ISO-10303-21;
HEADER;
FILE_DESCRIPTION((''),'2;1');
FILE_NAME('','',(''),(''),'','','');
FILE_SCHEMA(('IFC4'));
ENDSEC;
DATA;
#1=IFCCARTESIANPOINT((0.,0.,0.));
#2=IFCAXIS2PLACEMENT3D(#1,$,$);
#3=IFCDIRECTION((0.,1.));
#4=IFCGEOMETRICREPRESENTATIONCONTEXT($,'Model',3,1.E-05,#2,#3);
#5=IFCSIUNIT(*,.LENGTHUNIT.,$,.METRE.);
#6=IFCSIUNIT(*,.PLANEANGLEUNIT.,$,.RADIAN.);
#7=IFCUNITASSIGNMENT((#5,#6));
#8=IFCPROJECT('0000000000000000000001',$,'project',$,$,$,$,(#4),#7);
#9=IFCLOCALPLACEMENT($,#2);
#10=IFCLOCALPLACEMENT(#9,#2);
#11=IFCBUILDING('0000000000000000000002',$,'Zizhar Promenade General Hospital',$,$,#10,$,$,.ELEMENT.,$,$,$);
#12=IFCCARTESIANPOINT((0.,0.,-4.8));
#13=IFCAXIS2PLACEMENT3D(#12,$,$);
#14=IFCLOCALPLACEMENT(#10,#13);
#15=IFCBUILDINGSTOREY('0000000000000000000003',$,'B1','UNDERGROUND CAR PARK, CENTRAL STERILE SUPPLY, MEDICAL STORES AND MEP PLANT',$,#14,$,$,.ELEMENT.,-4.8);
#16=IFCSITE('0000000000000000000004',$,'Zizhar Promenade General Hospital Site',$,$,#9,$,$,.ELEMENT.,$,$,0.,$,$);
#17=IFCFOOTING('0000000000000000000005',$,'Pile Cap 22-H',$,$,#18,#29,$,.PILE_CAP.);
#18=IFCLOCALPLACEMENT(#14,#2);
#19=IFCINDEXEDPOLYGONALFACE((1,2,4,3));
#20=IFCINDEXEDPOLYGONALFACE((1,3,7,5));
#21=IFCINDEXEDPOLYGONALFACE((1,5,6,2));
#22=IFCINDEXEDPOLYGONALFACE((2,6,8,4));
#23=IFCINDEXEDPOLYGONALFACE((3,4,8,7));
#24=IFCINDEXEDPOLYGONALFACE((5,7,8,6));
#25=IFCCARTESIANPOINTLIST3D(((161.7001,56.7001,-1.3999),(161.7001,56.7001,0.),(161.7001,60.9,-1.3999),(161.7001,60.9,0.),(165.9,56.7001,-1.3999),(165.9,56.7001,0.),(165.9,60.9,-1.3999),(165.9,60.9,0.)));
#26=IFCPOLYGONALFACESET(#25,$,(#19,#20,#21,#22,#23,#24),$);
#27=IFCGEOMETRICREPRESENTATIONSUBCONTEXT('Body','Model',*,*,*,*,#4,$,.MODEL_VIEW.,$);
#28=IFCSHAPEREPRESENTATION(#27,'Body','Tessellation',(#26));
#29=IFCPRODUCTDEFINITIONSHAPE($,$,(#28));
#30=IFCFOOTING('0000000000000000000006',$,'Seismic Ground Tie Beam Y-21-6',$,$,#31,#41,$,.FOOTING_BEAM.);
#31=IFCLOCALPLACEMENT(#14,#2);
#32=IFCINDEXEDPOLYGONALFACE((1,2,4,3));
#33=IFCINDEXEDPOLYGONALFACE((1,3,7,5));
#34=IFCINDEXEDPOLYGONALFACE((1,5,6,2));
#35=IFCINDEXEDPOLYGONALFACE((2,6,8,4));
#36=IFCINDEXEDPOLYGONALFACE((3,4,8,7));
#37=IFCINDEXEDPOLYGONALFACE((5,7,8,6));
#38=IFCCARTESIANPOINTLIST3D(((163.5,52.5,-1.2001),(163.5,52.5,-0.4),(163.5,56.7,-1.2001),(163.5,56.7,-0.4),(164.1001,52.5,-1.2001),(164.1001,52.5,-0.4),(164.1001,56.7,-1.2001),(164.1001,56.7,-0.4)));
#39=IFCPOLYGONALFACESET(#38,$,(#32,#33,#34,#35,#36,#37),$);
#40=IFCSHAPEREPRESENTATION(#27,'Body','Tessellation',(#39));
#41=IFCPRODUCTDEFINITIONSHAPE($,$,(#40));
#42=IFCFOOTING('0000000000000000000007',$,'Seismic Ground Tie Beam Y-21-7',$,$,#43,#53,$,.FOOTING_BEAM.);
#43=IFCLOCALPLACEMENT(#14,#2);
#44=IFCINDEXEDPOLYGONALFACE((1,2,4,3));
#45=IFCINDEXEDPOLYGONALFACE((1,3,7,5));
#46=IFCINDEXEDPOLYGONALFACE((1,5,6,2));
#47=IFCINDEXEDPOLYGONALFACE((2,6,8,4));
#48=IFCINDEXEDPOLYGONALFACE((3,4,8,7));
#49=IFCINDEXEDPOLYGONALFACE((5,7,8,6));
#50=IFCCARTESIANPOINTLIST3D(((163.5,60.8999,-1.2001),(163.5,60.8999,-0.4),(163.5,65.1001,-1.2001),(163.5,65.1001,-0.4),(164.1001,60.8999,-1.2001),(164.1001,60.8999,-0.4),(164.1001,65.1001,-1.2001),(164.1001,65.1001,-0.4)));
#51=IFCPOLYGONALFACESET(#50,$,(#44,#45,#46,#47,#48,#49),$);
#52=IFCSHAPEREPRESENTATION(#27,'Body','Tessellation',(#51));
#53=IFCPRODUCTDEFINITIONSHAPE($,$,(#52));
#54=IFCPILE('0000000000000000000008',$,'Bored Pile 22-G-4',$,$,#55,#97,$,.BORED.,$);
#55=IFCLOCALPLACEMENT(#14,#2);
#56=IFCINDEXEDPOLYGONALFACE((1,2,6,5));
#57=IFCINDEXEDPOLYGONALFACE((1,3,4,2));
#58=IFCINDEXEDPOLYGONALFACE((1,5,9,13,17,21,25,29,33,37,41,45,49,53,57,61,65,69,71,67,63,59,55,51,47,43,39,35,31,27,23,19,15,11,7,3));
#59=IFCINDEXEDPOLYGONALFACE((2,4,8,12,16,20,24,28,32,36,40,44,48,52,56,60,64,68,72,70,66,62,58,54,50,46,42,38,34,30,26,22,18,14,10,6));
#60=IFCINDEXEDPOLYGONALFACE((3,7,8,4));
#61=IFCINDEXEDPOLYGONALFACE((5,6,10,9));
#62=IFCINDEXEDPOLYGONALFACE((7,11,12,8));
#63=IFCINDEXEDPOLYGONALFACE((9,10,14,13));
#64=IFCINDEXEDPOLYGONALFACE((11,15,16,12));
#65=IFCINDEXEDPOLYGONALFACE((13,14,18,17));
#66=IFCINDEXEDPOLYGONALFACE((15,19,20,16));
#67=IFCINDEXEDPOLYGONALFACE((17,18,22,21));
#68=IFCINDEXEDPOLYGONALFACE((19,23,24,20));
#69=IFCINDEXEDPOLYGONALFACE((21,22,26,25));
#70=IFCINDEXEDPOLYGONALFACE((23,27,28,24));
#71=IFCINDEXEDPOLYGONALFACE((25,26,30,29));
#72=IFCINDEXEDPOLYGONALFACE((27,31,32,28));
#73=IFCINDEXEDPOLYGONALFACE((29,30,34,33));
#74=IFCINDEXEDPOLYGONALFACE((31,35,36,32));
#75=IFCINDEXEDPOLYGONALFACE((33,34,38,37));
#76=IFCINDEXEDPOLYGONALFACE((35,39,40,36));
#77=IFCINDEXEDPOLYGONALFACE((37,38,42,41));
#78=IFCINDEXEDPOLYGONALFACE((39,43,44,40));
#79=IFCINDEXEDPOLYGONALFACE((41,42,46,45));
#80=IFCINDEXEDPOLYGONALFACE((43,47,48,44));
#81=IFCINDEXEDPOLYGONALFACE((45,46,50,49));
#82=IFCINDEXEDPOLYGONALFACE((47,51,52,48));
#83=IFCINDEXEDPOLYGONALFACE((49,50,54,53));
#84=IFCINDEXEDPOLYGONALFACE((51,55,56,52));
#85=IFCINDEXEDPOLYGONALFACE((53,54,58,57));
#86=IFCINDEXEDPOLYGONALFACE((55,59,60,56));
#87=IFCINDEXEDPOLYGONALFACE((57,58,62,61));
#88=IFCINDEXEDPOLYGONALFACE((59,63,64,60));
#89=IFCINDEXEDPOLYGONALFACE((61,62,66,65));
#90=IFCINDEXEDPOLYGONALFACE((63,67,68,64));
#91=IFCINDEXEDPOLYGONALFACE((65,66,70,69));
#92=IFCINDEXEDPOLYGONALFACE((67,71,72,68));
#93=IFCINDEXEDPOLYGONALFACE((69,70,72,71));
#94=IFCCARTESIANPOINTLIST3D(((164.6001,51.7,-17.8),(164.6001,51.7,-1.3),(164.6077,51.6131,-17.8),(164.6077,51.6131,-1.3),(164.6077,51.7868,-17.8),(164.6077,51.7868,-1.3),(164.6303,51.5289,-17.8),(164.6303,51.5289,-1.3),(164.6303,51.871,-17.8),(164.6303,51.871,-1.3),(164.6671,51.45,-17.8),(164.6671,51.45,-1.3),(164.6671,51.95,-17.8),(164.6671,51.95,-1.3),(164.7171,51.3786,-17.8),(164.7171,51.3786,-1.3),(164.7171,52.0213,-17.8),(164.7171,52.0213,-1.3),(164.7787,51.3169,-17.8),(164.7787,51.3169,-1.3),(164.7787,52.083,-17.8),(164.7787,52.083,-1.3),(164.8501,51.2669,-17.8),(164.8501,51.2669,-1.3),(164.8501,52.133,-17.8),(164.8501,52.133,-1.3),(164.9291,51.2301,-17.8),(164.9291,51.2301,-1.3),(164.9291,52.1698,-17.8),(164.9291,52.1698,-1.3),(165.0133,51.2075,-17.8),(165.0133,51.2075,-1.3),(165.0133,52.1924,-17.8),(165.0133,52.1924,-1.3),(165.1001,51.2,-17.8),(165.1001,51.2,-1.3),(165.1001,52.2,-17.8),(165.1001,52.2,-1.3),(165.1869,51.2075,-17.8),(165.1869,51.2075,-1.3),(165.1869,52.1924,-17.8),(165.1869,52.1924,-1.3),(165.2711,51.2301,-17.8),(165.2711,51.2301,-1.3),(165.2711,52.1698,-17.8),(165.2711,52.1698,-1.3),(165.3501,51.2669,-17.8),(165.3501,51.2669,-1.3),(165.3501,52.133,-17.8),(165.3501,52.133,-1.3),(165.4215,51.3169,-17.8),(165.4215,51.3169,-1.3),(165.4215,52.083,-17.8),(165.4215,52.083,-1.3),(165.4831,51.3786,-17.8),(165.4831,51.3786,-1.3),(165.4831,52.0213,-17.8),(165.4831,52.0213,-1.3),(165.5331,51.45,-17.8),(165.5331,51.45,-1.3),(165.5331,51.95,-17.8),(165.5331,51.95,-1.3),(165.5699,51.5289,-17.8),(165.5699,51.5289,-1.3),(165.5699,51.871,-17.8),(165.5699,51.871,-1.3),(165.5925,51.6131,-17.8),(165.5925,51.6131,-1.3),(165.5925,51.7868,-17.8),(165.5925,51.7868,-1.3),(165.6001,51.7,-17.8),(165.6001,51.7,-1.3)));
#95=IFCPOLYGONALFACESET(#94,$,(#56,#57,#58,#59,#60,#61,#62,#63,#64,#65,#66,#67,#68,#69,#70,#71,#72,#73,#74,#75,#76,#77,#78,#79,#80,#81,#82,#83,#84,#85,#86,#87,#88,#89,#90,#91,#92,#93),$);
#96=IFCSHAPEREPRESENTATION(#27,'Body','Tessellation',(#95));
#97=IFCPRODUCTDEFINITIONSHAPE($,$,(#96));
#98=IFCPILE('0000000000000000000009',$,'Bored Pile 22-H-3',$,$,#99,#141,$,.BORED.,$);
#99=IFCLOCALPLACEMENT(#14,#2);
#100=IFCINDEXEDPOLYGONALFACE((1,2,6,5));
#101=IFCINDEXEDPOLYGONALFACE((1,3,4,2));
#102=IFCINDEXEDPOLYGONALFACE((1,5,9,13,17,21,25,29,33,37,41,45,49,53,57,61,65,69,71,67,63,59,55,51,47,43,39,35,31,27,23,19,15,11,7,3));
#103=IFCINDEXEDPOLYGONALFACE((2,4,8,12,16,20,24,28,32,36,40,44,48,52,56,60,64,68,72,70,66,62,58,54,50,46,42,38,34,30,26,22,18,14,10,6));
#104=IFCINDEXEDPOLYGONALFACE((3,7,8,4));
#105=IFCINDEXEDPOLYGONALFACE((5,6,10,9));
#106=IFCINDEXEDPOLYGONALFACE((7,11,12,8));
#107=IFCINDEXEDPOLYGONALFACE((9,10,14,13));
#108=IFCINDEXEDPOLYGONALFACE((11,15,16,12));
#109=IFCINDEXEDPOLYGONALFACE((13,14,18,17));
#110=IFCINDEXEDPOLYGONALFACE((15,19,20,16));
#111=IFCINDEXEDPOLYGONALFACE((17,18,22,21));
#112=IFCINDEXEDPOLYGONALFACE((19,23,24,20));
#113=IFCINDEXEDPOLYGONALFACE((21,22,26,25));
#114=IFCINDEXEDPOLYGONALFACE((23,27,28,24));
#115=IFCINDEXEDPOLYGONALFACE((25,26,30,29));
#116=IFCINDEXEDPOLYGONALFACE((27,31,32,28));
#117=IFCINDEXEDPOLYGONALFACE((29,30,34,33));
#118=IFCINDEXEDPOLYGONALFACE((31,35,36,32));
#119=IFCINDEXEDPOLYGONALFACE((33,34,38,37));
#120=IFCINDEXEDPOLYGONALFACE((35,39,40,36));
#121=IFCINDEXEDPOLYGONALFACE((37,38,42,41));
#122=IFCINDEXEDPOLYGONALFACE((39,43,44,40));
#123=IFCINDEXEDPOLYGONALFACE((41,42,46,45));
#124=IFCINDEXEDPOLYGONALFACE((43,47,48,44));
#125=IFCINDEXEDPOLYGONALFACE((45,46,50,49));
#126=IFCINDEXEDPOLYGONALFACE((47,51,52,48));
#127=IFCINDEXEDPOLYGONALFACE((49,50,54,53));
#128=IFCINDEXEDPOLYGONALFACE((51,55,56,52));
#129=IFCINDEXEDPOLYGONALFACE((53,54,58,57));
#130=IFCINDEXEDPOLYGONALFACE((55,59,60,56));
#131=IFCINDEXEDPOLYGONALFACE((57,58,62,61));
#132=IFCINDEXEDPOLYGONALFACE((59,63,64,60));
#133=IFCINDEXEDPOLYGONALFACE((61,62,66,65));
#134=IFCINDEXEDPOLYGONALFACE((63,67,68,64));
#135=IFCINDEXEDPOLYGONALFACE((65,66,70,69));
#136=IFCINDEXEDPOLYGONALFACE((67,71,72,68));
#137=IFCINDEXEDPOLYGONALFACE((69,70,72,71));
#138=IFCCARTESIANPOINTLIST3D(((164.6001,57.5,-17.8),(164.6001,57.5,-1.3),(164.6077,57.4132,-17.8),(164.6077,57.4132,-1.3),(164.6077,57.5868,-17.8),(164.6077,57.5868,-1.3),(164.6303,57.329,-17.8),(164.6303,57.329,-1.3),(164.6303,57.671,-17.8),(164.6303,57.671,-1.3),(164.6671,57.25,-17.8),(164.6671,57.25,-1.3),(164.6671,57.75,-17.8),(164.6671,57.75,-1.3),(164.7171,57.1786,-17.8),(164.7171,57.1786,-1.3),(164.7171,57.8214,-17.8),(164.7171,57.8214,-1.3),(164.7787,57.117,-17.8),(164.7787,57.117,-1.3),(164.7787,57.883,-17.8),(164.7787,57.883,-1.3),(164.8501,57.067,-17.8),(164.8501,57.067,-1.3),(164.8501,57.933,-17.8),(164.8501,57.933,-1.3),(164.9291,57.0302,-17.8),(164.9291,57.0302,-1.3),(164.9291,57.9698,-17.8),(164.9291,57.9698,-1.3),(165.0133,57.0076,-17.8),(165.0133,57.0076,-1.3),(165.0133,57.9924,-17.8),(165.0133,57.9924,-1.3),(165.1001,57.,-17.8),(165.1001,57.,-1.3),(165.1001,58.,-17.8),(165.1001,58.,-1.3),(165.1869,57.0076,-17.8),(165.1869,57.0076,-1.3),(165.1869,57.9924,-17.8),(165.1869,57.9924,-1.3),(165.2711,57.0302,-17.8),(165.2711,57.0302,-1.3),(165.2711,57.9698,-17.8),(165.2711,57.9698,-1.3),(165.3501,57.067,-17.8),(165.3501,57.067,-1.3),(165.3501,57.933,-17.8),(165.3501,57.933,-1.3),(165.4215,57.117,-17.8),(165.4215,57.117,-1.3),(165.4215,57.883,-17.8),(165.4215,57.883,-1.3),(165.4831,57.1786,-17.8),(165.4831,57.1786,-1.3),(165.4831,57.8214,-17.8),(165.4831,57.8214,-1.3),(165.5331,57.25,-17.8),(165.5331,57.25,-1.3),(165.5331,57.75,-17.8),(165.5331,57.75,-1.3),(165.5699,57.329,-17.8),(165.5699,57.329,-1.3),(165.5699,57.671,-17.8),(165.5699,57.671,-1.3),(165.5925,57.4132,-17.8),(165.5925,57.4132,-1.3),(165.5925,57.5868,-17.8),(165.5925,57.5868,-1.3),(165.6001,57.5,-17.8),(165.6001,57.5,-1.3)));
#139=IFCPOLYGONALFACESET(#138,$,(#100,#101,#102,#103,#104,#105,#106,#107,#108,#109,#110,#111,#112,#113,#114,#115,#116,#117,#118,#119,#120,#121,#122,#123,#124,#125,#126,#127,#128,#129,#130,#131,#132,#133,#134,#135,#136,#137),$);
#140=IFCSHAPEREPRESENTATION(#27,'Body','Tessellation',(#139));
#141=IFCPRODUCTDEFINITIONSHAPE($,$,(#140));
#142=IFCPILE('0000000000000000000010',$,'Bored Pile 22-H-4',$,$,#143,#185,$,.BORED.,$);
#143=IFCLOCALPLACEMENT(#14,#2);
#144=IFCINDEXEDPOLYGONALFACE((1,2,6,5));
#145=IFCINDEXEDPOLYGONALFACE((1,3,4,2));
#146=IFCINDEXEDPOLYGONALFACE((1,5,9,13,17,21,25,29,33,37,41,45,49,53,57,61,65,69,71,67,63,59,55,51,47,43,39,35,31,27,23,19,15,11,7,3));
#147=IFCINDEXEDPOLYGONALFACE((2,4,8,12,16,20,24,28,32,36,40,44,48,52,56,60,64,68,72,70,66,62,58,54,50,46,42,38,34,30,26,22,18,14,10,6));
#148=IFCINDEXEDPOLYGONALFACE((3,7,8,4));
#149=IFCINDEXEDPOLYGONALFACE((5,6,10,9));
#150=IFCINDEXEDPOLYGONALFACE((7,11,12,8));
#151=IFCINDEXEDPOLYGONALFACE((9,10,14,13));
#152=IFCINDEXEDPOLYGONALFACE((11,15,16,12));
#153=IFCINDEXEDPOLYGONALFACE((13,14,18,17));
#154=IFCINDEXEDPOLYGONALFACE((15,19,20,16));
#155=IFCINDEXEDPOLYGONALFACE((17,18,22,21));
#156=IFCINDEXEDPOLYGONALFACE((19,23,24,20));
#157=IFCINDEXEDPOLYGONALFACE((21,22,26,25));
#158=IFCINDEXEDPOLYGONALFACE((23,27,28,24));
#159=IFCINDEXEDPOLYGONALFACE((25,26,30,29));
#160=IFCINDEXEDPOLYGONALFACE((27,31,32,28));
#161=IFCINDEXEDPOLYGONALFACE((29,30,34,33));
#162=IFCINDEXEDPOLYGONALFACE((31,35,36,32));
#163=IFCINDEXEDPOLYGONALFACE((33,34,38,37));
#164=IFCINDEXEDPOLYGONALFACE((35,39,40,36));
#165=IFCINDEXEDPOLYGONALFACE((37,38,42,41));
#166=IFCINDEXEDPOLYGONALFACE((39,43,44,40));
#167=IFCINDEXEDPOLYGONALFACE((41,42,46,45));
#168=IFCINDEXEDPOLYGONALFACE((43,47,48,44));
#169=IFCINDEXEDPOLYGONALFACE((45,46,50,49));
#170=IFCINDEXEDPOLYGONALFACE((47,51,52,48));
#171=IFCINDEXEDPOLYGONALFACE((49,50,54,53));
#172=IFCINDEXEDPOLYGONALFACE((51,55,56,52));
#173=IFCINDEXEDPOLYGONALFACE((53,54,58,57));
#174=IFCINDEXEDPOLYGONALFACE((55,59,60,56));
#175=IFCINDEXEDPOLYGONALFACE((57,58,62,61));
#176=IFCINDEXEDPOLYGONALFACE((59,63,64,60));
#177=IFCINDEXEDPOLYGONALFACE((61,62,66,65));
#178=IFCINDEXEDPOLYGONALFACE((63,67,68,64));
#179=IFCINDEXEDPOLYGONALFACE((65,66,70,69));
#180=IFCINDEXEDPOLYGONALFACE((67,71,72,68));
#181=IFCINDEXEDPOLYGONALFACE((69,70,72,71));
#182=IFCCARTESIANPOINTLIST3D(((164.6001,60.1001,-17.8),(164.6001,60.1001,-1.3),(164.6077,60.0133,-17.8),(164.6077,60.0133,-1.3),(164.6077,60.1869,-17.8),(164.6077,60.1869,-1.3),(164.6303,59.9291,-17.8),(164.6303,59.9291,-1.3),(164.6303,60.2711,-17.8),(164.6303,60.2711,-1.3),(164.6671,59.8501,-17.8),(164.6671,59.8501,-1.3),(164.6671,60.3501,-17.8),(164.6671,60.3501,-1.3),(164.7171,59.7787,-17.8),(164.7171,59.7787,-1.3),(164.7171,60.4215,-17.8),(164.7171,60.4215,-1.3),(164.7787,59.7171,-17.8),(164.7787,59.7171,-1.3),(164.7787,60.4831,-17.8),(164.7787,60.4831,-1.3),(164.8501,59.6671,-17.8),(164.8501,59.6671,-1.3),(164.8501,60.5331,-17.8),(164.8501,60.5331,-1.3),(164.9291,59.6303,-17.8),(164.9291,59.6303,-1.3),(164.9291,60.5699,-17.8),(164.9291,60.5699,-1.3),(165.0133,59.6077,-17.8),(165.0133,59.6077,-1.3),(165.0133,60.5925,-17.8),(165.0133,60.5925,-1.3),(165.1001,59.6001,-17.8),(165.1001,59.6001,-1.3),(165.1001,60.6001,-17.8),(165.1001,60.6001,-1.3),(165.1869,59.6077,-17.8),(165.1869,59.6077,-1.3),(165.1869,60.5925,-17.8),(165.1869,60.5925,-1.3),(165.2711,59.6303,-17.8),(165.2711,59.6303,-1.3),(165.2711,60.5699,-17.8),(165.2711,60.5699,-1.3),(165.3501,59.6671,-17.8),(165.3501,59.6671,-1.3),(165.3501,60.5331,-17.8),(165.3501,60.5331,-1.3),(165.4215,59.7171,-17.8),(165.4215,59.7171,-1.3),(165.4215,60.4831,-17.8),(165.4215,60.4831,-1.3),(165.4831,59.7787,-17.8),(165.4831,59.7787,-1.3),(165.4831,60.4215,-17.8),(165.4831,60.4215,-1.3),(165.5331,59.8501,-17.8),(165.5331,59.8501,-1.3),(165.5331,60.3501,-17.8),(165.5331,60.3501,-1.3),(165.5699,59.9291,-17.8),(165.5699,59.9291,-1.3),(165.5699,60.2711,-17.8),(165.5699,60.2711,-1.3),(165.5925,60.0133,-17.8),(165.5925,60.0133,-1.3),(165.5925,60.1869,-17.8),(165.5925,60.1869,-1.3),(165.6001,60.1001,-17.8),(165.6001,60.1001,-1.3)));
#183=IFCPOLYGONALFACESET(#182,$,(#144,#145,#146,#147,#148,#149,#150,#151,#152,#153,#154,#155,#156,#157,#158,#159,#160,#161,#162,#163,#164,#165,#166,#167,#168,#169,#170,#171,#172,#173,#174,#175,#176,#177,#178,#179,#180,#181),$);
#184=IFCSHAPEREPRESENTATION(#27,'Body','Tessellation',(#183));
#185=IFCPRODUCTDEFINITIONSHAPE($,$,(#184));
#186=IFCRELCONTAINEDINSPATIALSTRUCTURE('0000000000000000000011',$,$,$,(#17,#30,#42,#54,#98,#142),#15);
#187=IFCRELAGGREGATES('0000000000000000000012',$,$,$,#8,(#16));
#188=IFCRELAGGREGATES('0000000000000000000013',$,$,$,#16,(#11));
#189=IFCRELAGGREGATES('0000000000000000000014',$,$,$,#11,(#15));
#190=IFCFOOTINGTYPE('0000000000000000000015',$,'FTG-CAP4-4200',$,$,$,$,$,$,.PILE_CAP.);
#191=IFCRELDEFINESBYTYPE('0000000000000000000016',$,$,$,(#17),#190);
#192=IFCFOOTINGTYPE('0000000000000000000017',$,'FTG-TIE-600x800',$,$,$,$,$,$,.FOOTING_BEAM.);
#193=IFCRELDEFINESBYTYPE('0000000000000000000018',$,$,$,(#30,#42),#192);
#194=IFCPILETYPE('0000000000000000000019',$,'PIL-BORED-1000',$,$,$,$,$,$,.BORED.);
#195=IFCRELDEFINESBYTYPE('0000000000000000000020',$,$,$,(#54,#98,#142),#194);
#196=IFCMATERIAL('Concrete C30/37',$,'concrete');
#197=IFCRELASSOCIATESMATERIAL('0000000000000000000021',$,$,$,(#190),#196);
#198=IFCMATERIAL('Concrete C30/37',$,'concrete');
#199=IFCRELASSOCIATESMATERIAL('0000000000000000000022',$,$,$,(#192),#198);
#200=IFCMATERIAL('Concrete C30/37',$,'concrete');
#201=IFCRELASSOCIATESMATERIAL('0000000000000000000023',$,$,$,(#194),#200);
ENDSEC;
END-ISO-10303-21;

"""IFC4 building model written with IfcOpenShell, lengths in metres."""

from ifc_helpers import new_model, si_unit, direction, frame, origin, origin_2d, place, context, subcontext, project, spatial, rectangle, circle, extrude, material, material_profile, profile_set, type_object, element, save


model = new_model("IFC4")

# Units and contexts
model_context = context("Model", 3, precision=1e-05, world=origin(), true_north=direction((0.0, 1.0)))
body_context = subcontext(model_context, "Body", "Model", "MODEL_VIEW")
ifc_project = project(units=[si_unit("LENGTHUNIT", "METRE"), si_unit("PLANEANGLEUNIT", "RADIAN")], contexts=[model_context])

# Site, building, storey
site_placement = place(None, origin())
site = spatial("IfcSite", under=ifc_project, at=site_placement, Name="Zizhar Promenade General Hospital Site", CompositionType="ELEMENT", RefElevation=0.0)
building_placement = place(site_placement, origin())
building = spatial("IfcBuilding", under=site, at=building_placement, Name="Zizhar Promenade General Hospital", CompositionType="ELEMENT")
storey_placement = place(building_placement, frame((0.0, 0.0, -4.8)))
storey = spatial("IfcBuildingStorey", under=building, at=storey_placement, Name="B1", Description="UNDERGROUND CAR PARK, CENTRAL STERILE SUPPLY, MEDICAL STORES AND MEP PLANT", CompositionType="ELEMENT", Elevation=-4.8)

# Footings
ifc_material_1 = material(Name="Concrete C30/37", Category="concrete")
footing_type_1 = type_object("IfcFootingType", Name="FTG-CAP4-4200", PredefinedType="PILE_CAP", material=ifc_material_1)
footing_1_placement = place(storey_placement, frame((163.8, 58.8, -1.3999), z_axis=(0.0, 0.0, 1.0), x_axis=(1.0, 0.0, 0.0)))
element("IfcFooting", 1, at=footing_1_placement, inside=storey, type_object=footing_type_1, Name="Pile Cap 22-H", PredefinedType="PILE_CAP", context=body_context, shape_type="SweptSolid", body=[
    extrude(rectangle(XDim=4.2, YDim=4.2, at=origin_2d()), origin(), (0.0, 0.0, 1.0), 1.3999),
])
ifc_material_2 = material(Name="Concrete C30/37", Category="concrete")
ifc_material_profile_1 = material_profile(ifc_material_2, rectangle(XDim=0.6001, YDim=0.8, at=origin_2d()))
ifc_profile_set_1 = profile_set([ifc_material_profile_1], Name="Concrete C30/37")
footing_type_2 = type_object("IfcFootingType", Name="FTG-TIE-600x800", PredefinedType="FOOTING_BEAM", material=ifc_profile_set_1)
footing_2_placement = place(storey_placement, frame((163.8, 52.5, -0.8), z_axis=(0.0, 1.0, 0.0), x_axis=(-1.0, 0.0, 0.0)))
element("IfcFooting", 2, at=footing_2_placement, inside=storey, type_object=footing_type_2, Name="Seismic Ground Tie Beam Y-21-6", PredefinedType="FOOTING_BEAM", context=body_context, shape_type="SweptSolid", body=[
    extrude(rectangle(XDim=0.6001, YDim=0.8, at=origin_2d()), origin(), (0.0, 0.0, 1.0), 4.2),
])
footing_3_placement = place(storey_placement, frame((163.8, 60.8999, -0.8), z_axis=(0.0, 1.0, 0.0), x_axis=(-1.0, 0.0, 0.0)))
element("IfcFooting", 3, at=footing_3_placement, inside=storey, type_object=footing_type_2, Name="Seismic Ground Tie Beam Y-21-7", PredefinedType="FOOTING_BEAM", context=body_context, shape_type="SweptSolid", body=[
    extrude(rectangle(XDim=0.6001, YDim=0.8, at=origin_2d()), origin(), (0.0, 0.0, 1.0), 4.2002),
])

# Piles
ifc_material_3 = material(Name="Concrete C30/37", Category="concrete")
ifc_material_profile_2 = material_profile(ifc_material_3, circle(Radius=0.5, at=origin_2d()))
ifc_profile_set_2 = profile_set([ifc_material_profile_2], Name="Concrete C30/37")
pile_type_1 = type_object("IfcPileType", Name="PIL-BORED-1000", PredefinedType="BORED", material=ifc_profile_set_2)
for number, where, z_axis, x_axis, name in (
    (4, (165.1001, 51.7, -1.3), (0.0, 0.0, -1.0), (1.0, 0.0, 0.0), "Bored Pile 22-G-4"),
    (5, (165.1001, 57.5, -1.3), (0.0, 0.0, -1.0), (1.0, 0.0, 0.0), "Bored Pile 22-H-3"),
    (6, (165.1001, 60.1001, -1.3), (0.0, 0.0, -1.0), (1.0, 0.0, 0.0), "Bored Pile 22-H-4"),
):
    element("IfcPile", number, at=place(storey_placement, frame(where, z_axis=z_axis, x_axis=x_axis)), inside=storey, type_object=pile_type_1, Name=name, PredefinedType="BORED", context=body_context, shape_type="SweptSolid", body=[
        extrude(circle(Radius=0.5, at=origin_2d()), origin(), (0.0, 0.0, 1.0), 16.5),
    ])

save(model, "model.ifc")
